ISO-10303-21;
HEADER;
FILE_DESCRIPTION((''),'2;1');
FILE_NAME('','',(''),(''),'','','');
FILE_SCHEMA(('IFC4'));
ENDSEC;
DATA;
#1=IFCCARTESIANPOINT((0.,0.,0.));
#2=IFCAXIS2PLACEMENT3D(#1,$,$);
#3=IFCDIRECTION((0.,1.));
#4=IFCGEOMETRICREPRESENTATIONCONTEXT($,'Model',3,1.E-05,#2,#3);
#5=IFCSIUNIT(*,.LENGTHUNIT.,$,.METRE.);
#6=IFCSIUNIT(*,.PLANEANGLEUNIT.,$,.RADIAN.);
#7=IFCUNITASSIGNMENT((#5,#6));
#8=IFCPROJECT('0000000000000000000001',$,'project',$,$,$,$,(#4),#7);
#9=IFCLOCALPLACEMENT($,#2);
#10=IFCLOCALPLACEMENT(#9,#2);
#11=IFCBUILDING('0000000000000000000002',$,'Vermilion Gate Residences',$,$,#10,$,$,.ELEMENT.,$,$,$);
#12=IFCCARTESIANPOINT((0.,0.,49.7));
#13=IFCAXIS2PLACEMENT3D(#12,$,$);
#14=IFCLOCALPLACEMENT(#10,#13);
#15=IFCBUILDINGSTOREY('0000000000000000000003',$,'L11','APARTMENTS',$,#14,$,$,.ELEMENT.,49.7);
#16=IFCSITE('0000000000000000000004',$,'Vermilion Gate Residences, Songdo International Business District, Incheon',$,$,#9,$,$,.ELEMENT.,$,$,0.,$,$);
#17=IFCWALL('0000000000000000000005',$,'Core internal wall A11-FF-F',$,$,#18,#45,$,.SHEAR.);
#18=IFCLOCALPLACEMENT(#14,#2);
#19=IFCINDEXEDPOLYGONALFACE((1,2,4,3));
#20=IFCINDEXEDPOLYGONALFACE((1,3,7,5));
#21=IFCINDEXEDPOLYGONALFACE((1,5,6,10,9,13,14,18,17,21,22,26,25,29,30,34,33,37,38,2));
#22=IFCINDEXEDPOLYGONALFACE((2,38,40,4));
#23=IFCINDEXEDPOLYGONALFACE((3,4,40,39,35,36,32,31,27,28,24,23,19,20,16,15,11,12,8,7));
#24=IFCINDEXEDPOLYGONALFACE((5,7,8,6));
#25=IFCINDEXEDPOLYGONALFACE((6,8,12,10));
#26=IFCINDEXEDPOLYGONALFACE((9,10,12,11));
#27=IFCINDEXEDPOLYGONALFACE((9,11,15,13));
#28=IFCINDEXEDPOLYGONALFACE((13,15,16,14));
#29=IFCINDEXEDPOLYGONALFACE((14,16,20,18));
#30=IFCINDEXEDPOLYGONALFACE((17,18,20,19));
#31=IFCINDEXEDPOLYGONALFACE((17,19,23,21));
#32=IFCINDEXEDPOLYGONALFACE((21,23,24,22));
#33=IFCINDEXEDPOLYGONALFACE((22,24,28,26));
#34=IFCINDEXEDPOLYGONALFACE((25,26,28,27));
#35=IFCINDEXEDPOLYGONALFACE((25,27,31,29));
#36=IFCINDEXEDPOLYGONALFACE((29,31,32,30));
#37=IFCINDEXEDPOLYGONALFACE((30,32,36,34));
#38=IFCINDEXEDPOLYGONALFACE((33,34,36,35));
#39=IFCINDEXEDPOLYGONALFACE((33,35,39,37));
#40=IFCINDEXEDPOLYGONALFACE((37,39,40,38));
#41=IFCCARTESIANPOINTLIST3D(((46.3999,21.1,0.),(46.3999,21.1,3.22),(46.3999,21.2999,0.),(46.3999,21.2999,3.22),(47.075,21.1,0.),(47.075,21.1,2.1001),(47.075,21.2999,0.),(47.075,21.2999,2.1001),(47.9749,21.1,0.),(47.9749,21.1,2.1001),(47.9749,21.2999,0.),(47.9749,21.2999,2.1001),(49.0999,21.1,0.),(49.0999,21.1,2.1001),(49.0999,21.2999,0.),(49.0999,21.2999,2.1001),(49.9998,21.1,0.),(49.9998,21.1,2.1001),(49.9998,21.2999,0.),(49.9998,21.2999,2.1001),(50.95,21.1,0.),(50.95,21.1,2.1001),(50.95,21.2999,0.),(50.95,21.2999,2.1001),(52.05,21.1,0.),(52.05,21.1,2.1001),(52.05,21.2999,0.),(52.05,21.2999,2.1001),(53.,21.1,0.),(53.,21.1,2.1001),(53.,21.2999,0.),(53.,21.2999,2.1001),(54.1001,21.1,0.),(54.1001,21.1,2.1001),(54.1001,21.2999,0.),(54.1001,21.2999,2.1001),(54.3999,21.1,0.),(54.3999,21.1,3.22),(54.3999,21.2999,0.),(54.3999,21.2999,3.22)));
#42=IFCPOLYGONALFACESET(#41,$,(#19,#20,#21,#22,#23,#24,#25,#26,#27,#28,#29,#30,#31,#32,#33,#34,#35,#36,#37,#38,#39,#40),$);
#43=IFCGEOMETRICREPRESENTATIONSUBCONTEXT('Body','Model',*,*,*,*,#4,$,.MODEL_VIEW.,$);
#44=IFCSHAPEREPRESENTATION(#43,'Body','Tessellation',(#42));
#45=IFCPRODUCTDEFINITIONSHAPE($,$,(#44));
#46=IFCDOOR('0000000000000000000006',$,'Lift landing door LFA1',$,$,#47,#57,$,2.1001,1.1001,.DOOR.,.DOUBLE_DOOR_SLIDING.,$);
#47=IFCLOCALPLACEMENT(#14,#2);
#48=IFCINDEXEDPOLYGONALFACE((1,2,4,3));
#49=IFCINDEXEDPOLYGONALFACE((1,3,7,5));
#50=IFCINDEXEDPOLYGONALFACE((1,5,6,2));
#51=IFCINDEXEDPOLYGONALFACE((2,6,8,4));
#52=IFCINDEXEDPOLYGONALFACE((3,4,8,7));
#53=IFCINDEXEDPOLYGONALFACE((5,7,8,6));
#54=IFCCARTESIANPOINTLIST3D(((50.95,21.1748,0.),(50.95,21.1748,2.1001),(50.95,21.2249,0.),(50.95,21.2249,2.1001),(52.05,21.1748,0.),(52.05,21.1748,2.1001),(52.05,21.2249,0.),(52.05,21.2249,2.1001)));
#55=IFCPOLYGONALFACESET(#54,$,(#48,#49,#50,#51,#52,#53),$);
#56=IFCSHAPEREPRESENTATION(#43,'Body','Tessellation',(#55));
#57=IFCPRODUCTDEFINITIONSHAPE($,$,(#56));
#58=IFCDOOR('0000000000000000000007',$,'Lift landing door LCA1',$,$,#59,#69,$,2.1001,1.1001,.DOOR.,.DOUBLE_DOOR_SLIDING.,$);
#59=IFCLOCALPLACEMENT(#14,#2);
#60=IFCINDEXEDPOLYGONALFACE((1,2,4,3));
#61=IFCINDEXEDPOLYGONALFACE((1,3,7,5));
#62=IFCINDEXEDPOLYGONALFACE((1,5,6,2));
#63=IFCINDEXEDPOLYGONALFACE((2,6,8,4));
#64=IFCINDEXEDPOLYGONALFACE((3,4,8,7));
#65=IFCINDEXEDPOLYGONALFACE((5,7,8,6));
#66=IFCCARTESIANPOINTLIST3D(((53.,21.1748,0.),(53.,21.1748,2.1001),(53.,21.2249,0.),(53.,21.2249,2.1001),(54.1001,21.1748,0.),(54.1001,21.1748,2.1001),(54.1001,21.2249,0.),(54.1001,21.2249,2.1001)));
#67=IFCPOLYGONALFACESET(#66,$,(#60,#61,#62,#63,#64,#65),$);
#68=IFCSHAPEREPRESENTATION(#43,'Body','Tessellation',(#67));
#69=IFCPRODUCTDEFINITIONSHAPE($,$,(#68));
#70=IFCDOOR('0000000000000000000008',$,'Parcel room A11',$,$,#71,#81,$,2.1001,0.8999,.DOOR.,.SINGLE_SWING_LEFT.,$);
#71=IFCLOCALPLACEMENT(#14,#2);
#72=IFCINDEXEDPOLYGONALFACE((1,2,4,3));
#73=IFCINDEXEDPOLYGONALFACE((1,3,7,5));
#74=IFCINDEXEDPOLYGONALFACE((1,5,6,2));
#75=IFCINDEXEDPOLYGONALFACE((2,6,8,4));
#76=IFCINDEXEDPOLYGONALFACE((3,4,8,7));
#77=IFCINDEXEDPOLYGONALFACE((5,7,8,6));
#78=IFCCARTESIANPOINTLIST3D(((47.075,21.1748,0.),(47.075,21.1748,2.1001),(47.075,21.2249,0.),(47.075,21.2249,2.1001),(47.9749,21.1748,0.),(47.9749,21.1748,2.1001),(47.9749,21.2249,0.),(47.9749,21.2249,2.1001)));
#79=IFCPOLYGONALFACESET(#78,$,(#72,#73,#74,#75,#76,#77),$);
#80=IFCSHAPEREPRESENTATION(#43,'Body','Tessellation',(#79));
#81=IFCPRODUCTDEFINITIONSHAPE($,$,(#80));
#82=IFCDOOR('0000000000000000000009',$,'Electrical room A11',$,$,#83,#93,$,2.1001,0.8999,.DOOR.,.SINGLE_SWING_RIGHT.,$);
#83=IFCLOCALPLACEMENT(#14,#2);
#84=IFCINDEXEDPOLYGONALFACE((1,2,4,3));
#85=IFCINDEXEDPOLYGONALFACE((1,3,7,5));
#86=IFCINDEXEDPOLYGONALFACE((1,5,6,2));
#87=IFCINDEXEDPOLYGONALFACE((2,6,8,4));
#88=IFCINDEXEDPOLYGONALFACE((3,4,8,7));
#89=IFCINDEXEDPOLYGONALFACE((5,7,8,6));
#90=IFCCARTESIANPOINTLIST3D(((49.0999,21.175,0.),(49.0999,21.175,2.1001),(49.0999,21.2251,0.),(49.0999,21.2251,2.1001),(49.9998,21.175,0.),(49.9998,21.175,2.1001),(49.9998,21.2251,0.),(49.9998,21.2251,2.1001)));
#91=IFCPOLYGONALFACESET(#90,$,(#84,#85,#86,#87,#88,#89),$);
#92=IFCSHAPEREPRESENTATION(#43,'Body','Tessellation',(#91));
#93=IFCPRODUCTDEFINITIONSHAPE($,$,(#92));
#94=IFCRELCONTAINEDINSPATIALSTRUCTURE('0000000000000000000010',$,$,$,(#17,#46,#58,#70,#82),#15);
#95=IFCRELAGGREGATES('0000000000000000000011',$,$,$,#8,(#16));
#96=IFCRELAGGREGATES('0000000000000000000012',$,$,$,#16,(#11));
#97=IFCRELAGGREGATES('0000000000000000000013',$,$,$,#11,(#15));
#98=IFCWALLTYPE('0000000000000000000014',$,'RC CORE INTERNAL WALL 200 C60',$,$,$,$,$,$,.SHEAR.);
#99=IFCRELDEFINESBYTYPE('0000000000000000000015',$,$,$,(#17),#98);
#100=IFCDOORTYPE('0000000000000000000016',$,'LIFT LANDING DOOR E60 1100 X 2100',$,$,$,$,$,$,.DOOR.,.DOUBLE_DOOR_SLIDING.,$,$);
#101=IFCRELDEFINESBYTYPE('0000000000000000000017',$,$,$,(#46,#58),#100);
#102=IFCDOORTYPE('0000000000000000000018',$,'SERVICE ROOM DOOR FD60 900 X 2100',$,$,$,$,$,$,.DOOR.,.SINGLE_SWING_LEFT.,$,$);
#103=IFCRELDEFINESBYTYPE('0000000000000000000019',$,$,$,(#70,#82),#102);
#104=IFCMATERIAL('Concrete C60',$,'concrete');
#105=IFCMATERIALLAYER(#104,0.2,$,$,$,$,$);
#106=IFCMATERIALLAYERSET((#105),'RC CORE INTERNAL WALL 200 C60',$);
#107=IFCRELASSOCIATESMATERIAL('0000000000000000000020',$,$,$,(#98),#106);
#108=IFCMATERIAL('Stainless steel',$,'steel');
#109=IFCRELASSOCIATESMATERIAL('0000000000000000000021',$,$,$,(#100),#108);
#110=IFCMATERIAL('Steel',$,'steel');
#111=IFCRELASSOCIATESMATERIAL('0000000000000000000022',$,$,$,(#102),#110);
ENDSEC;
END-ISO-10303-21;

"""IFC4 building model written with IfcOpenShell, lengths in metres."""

from ifc_helpers import new_model, si_unit, direction, frame, frame_2d, origin, place, context, subcontext, project, spatial, rectangle, extrude, material, layer, layer_set, type_object, element, fill, save


model = new_model("IFC4")

# Units and contexts
model_context = context("Model", 3, precision=1e-05, world=origin(), true_north=direction((0.0, 1.0)))
body_context = subcontext(model_context, "Body", "Model", "MODEL_VIEW")
ifc_project = project(units=[si_unit("LENGTHUNIT", "METRE"), si_unit("PLANEANGLEUNIT", "RADIAN")], contexts=[model_context])

# Site, building, storey
site_placement = place(None, origin())
site = spatial("IfcSite", under=ifc_project, at=site_placement, Name="Vermilion Gate Residences, Songdo International Business District, Incheon", CompositionType="ELEMENT", RefElevation=0.0)
building_placement = place(site_placement, origin())
building = spatial("IfcBuilding", under=site, at=building_placement, Name="Vermilion Gate Residences", CompositionType="ELEMENT")
storey_placement = place(building_placement, frame((0.0, 0.0, 49.7)))
storey = spatial("IfcBuildingStorey", under=building, at=storey_placement, Name="L11", Description="APARTMENTS", CompositionType="ELEMENT", Elevation=49.7)

# Shared definitions
ifc_material_1 = material(Name="Concrete C60", Category="concrete")
ifc_layer_1 = layer(ifc_material_1, 0.2)
ifc_layer_set_1 = layer_set([ifc_layer_1], Name="RC CORE INTERNAL WALL 200 C60")
wall_type_1 = type_object("IfcWallType", Name="RC CORE INTERNAL WALL 200 C60", PredefinedType="SHEAR", material=ifc_layer_set_1)

# Wall, openings, doors
wall_1_placement = place(storey_placement, frame((46.3999, 21.2, 0.0), z_axis=(0.0, 0.0, 1.0), x_axis=(1.0, 0.0, 0.0)))
wall_1 = element("IfcWall", 1, at=wall_1_placement, inside=storey, type_object=wall_type_1, Name="Core internal wall A11-FF-F", PredefinedType="SHEAR", context=body_context, shape_type="SweptSolid", body=[
    extrude(rectangle(XDim=8.0, YDim=0.2, at=frame_2d((4.0, 0.0))), origin(), (0.0, 0.0, 1.0), 3.22),
])
opening_1_placement = place(wall_1_placement, frame((0.675, 0.0, 0.0)))
opening_1 = element("IfcOpeningElement", 2, at=opening_1_placement, cuts=wall_1, PredefinedType="OPENING", context=body_context, shape_type="SweptSolid", body=[
    extrude(rectangle(XDim=0.8999, YDim=2.1001, at=frame_2d((0.45, 1.05))), frame((0.0, 0.1099, 0.0), z_axis=(0.0, -1.0, 0.0), x_axis=(1.0, 0.0, 0.0)), (0.0, 0.0, 1.0), 0.22),
])
opening_2_placement = place(wall_1_placement, frame((2.7, 0.0, 0.0)))
opening_2 = element("IfcOpeningElement", 3, at=opening_2_placement, cuts=wall_1, PredefinedType="OPENING", context=body_context, shape_type="SweptSolid", body=[
    extrude(rectangle(XDim=0.8999, YDim=2.1001, at=frame_2d((0.45, 1.05))), frame((0.0, 0.1099, 0.0), z_axis=(0.0, -1.0, 0.0), x_axis=(1.0, 0.0, 0.0)), (0.0, 0.0, 1.0), 0.22),
])
opening_3_placement = place(wall_1_placement, frame((4.55, 0.0, 0.0)))
opening_3 = element("IfcOpeningElement", 4, at=opening_3_placement, cuts=wall_1, PredefinedType="OPENING", context=body_context, shape_type="SweptSolid", body=[
    extrude(rectangle(XDim=1.1001, YDim=2.1001, at=frame_2d((0.55, 1.05))), frame((0.0, 0.1099, 0.0), z_axis=(0.0, -1.0, 0.0), x_axis=(1.0, 0.0, 0.0)), (0.0, 0.0, 1.0), 0.22),
])
opening_4_placement = place(wall_1_placement, frame((6.6001, 0.0, 0.0)))
opening_4 = element("IfcOpeningElement", 5, at=opening_4_placement, cuts=wall_1, PredefinedType="OPENING", context=body_context, shape_type="SweptSolid", body=[
    extrude(rectangle(XDim=1.1001, YDim=2.1001, at=frame_2d((0.55, 1.05))), frame((0.0, 0.1099, 0.0), z_axis=(0.0, -1.0, 0.0), x_axis=(1.0, 0.0, 0.0)), (0.0, 0.0, 1.0), 0.22),
])
ifc_material_2 = material(Name="Stainless steel", Category="steel")
door_type_1 = type_object("IfcDoorType", Name="LIFT LANDING DOOR E60 1100 X 2100", OperationType="DOUBLE_DOOR_SLIDING", PredefinedType="DOOR", material=ifc_material_2)
door_1_placement = place(opening_3_placement, origin())
door_1 = element("IfcDoor", 6, at=door_1_placement, inside=storey, type_object=door_type_1, Name="Lift landing door LFA1", OperationType="DOUBLE_DOOR_SLIDING", OverallHeight=2.1001, OverallWidth=1.1001, PredefinedType="DOOR", context=body_context, shape_type="SweptSolid", body=[
    extrude(rectangle(XDim=1.1001, YDim=2.1001, at=frame_2d((0.55, 1.05))), frame((0.0, 0.0249, 0.0), z_axis=(0.0, -1.0, 0.0), x_axis=(1.0, 0.0, 0.0)), (0.0, 0.0, 1.0), 0.05),
])
fill(opening_3, door_1)
door_2_placement = place(opening_4_placement, origin())
door_2 = element("IfcDoor", 7, at=door_2_placement, inside=storey, type_object=door_type_1, Name="Lift landing door LCA1", OperationType="DOUBLE_DOOR_SLIDING", OverallHeight=2.1001, OverallWidth=1.1001, PredefinedType="DOOR", context=body_context, shape_type="SweptSolid", body=[
    extrude(rectangle(XDim=1.1001, YDim=2.1001, at=frame_2d((0.55, 1.05))), frame((0.0, 0.0249, 0.0), z_axis=(0.0, -1.0, 0.0), x_axis=(1.0, 0.0, 0.0)), (0.0, 0.0, 1.0), 0.05),
])
fill(opening_4, door_2)
ifc_material_3 = material(Name="Steel", Category="steel")
door_type_2 = type_object("IfcDoorType", Name="SERVICE ROOM DOOR FD60 900 X 2100", OperationType="SINGLE_SWING_LEFT", PredefinedType="DOOR", material=ifc_material_3)
door_3_placement = place(opening_1_placement, origin())
door_3 = element("IfcDoor", 8, at=door_3_placement, inside=storey, type_object=door_type_2, Name="Parcel room A11", OperationType="SINGLE_SWING_LEFT", OverallHeight=2.1001, OverallWidth=0.8999, PredefinedType="DOOR", context=body_context, shape_type="SweptSolid", body=[
    extrude(rectangle(XDim=0.8999, YDim=2.1001, at=frame_2d((0.45, 1.05))), frame((0.0, 0.0249, 0.0), z_axis=(0.0, -1.0, 0.0), x_axis=(1.0, 0.0, 0.0)), (0.0, 0.0, 1.0), 0.05),
])
fill(opening_1, door_3)
door_4_placement = place(opening_2_placement, frame((0.8999, 0.0, 0.0), z_axis=(0.0, 0.0, 1.0), x_axis=(-1.0, 0.0, 0.0)))
door_4 = element("IfcDoor", 9, at=door_4_placement, inside=storey, type_object=door_type_2, Name="Electrical room A11", OperationType="SINGLE_SWING_RIGHT", OverallHeight=2.1001, OverallWidth=0.8999, PredefinedType="DOOR", context=body_context, shape_type="SweptSolid", body=[
    extrude(rectangle(XDim=0.8999, YDim=2.1001, at=frame_2d((0.45, 1.05))), frame((0.0, 0.0249, 0.0), z_axis=(0.0, -1.0, 0.0), x_axis=(1.0, 0.0, 0.0)), (0.0, 0.0, 1.0), 0.05),
])
fill(opening_2, door_4)

save(model, "model.ifc")
